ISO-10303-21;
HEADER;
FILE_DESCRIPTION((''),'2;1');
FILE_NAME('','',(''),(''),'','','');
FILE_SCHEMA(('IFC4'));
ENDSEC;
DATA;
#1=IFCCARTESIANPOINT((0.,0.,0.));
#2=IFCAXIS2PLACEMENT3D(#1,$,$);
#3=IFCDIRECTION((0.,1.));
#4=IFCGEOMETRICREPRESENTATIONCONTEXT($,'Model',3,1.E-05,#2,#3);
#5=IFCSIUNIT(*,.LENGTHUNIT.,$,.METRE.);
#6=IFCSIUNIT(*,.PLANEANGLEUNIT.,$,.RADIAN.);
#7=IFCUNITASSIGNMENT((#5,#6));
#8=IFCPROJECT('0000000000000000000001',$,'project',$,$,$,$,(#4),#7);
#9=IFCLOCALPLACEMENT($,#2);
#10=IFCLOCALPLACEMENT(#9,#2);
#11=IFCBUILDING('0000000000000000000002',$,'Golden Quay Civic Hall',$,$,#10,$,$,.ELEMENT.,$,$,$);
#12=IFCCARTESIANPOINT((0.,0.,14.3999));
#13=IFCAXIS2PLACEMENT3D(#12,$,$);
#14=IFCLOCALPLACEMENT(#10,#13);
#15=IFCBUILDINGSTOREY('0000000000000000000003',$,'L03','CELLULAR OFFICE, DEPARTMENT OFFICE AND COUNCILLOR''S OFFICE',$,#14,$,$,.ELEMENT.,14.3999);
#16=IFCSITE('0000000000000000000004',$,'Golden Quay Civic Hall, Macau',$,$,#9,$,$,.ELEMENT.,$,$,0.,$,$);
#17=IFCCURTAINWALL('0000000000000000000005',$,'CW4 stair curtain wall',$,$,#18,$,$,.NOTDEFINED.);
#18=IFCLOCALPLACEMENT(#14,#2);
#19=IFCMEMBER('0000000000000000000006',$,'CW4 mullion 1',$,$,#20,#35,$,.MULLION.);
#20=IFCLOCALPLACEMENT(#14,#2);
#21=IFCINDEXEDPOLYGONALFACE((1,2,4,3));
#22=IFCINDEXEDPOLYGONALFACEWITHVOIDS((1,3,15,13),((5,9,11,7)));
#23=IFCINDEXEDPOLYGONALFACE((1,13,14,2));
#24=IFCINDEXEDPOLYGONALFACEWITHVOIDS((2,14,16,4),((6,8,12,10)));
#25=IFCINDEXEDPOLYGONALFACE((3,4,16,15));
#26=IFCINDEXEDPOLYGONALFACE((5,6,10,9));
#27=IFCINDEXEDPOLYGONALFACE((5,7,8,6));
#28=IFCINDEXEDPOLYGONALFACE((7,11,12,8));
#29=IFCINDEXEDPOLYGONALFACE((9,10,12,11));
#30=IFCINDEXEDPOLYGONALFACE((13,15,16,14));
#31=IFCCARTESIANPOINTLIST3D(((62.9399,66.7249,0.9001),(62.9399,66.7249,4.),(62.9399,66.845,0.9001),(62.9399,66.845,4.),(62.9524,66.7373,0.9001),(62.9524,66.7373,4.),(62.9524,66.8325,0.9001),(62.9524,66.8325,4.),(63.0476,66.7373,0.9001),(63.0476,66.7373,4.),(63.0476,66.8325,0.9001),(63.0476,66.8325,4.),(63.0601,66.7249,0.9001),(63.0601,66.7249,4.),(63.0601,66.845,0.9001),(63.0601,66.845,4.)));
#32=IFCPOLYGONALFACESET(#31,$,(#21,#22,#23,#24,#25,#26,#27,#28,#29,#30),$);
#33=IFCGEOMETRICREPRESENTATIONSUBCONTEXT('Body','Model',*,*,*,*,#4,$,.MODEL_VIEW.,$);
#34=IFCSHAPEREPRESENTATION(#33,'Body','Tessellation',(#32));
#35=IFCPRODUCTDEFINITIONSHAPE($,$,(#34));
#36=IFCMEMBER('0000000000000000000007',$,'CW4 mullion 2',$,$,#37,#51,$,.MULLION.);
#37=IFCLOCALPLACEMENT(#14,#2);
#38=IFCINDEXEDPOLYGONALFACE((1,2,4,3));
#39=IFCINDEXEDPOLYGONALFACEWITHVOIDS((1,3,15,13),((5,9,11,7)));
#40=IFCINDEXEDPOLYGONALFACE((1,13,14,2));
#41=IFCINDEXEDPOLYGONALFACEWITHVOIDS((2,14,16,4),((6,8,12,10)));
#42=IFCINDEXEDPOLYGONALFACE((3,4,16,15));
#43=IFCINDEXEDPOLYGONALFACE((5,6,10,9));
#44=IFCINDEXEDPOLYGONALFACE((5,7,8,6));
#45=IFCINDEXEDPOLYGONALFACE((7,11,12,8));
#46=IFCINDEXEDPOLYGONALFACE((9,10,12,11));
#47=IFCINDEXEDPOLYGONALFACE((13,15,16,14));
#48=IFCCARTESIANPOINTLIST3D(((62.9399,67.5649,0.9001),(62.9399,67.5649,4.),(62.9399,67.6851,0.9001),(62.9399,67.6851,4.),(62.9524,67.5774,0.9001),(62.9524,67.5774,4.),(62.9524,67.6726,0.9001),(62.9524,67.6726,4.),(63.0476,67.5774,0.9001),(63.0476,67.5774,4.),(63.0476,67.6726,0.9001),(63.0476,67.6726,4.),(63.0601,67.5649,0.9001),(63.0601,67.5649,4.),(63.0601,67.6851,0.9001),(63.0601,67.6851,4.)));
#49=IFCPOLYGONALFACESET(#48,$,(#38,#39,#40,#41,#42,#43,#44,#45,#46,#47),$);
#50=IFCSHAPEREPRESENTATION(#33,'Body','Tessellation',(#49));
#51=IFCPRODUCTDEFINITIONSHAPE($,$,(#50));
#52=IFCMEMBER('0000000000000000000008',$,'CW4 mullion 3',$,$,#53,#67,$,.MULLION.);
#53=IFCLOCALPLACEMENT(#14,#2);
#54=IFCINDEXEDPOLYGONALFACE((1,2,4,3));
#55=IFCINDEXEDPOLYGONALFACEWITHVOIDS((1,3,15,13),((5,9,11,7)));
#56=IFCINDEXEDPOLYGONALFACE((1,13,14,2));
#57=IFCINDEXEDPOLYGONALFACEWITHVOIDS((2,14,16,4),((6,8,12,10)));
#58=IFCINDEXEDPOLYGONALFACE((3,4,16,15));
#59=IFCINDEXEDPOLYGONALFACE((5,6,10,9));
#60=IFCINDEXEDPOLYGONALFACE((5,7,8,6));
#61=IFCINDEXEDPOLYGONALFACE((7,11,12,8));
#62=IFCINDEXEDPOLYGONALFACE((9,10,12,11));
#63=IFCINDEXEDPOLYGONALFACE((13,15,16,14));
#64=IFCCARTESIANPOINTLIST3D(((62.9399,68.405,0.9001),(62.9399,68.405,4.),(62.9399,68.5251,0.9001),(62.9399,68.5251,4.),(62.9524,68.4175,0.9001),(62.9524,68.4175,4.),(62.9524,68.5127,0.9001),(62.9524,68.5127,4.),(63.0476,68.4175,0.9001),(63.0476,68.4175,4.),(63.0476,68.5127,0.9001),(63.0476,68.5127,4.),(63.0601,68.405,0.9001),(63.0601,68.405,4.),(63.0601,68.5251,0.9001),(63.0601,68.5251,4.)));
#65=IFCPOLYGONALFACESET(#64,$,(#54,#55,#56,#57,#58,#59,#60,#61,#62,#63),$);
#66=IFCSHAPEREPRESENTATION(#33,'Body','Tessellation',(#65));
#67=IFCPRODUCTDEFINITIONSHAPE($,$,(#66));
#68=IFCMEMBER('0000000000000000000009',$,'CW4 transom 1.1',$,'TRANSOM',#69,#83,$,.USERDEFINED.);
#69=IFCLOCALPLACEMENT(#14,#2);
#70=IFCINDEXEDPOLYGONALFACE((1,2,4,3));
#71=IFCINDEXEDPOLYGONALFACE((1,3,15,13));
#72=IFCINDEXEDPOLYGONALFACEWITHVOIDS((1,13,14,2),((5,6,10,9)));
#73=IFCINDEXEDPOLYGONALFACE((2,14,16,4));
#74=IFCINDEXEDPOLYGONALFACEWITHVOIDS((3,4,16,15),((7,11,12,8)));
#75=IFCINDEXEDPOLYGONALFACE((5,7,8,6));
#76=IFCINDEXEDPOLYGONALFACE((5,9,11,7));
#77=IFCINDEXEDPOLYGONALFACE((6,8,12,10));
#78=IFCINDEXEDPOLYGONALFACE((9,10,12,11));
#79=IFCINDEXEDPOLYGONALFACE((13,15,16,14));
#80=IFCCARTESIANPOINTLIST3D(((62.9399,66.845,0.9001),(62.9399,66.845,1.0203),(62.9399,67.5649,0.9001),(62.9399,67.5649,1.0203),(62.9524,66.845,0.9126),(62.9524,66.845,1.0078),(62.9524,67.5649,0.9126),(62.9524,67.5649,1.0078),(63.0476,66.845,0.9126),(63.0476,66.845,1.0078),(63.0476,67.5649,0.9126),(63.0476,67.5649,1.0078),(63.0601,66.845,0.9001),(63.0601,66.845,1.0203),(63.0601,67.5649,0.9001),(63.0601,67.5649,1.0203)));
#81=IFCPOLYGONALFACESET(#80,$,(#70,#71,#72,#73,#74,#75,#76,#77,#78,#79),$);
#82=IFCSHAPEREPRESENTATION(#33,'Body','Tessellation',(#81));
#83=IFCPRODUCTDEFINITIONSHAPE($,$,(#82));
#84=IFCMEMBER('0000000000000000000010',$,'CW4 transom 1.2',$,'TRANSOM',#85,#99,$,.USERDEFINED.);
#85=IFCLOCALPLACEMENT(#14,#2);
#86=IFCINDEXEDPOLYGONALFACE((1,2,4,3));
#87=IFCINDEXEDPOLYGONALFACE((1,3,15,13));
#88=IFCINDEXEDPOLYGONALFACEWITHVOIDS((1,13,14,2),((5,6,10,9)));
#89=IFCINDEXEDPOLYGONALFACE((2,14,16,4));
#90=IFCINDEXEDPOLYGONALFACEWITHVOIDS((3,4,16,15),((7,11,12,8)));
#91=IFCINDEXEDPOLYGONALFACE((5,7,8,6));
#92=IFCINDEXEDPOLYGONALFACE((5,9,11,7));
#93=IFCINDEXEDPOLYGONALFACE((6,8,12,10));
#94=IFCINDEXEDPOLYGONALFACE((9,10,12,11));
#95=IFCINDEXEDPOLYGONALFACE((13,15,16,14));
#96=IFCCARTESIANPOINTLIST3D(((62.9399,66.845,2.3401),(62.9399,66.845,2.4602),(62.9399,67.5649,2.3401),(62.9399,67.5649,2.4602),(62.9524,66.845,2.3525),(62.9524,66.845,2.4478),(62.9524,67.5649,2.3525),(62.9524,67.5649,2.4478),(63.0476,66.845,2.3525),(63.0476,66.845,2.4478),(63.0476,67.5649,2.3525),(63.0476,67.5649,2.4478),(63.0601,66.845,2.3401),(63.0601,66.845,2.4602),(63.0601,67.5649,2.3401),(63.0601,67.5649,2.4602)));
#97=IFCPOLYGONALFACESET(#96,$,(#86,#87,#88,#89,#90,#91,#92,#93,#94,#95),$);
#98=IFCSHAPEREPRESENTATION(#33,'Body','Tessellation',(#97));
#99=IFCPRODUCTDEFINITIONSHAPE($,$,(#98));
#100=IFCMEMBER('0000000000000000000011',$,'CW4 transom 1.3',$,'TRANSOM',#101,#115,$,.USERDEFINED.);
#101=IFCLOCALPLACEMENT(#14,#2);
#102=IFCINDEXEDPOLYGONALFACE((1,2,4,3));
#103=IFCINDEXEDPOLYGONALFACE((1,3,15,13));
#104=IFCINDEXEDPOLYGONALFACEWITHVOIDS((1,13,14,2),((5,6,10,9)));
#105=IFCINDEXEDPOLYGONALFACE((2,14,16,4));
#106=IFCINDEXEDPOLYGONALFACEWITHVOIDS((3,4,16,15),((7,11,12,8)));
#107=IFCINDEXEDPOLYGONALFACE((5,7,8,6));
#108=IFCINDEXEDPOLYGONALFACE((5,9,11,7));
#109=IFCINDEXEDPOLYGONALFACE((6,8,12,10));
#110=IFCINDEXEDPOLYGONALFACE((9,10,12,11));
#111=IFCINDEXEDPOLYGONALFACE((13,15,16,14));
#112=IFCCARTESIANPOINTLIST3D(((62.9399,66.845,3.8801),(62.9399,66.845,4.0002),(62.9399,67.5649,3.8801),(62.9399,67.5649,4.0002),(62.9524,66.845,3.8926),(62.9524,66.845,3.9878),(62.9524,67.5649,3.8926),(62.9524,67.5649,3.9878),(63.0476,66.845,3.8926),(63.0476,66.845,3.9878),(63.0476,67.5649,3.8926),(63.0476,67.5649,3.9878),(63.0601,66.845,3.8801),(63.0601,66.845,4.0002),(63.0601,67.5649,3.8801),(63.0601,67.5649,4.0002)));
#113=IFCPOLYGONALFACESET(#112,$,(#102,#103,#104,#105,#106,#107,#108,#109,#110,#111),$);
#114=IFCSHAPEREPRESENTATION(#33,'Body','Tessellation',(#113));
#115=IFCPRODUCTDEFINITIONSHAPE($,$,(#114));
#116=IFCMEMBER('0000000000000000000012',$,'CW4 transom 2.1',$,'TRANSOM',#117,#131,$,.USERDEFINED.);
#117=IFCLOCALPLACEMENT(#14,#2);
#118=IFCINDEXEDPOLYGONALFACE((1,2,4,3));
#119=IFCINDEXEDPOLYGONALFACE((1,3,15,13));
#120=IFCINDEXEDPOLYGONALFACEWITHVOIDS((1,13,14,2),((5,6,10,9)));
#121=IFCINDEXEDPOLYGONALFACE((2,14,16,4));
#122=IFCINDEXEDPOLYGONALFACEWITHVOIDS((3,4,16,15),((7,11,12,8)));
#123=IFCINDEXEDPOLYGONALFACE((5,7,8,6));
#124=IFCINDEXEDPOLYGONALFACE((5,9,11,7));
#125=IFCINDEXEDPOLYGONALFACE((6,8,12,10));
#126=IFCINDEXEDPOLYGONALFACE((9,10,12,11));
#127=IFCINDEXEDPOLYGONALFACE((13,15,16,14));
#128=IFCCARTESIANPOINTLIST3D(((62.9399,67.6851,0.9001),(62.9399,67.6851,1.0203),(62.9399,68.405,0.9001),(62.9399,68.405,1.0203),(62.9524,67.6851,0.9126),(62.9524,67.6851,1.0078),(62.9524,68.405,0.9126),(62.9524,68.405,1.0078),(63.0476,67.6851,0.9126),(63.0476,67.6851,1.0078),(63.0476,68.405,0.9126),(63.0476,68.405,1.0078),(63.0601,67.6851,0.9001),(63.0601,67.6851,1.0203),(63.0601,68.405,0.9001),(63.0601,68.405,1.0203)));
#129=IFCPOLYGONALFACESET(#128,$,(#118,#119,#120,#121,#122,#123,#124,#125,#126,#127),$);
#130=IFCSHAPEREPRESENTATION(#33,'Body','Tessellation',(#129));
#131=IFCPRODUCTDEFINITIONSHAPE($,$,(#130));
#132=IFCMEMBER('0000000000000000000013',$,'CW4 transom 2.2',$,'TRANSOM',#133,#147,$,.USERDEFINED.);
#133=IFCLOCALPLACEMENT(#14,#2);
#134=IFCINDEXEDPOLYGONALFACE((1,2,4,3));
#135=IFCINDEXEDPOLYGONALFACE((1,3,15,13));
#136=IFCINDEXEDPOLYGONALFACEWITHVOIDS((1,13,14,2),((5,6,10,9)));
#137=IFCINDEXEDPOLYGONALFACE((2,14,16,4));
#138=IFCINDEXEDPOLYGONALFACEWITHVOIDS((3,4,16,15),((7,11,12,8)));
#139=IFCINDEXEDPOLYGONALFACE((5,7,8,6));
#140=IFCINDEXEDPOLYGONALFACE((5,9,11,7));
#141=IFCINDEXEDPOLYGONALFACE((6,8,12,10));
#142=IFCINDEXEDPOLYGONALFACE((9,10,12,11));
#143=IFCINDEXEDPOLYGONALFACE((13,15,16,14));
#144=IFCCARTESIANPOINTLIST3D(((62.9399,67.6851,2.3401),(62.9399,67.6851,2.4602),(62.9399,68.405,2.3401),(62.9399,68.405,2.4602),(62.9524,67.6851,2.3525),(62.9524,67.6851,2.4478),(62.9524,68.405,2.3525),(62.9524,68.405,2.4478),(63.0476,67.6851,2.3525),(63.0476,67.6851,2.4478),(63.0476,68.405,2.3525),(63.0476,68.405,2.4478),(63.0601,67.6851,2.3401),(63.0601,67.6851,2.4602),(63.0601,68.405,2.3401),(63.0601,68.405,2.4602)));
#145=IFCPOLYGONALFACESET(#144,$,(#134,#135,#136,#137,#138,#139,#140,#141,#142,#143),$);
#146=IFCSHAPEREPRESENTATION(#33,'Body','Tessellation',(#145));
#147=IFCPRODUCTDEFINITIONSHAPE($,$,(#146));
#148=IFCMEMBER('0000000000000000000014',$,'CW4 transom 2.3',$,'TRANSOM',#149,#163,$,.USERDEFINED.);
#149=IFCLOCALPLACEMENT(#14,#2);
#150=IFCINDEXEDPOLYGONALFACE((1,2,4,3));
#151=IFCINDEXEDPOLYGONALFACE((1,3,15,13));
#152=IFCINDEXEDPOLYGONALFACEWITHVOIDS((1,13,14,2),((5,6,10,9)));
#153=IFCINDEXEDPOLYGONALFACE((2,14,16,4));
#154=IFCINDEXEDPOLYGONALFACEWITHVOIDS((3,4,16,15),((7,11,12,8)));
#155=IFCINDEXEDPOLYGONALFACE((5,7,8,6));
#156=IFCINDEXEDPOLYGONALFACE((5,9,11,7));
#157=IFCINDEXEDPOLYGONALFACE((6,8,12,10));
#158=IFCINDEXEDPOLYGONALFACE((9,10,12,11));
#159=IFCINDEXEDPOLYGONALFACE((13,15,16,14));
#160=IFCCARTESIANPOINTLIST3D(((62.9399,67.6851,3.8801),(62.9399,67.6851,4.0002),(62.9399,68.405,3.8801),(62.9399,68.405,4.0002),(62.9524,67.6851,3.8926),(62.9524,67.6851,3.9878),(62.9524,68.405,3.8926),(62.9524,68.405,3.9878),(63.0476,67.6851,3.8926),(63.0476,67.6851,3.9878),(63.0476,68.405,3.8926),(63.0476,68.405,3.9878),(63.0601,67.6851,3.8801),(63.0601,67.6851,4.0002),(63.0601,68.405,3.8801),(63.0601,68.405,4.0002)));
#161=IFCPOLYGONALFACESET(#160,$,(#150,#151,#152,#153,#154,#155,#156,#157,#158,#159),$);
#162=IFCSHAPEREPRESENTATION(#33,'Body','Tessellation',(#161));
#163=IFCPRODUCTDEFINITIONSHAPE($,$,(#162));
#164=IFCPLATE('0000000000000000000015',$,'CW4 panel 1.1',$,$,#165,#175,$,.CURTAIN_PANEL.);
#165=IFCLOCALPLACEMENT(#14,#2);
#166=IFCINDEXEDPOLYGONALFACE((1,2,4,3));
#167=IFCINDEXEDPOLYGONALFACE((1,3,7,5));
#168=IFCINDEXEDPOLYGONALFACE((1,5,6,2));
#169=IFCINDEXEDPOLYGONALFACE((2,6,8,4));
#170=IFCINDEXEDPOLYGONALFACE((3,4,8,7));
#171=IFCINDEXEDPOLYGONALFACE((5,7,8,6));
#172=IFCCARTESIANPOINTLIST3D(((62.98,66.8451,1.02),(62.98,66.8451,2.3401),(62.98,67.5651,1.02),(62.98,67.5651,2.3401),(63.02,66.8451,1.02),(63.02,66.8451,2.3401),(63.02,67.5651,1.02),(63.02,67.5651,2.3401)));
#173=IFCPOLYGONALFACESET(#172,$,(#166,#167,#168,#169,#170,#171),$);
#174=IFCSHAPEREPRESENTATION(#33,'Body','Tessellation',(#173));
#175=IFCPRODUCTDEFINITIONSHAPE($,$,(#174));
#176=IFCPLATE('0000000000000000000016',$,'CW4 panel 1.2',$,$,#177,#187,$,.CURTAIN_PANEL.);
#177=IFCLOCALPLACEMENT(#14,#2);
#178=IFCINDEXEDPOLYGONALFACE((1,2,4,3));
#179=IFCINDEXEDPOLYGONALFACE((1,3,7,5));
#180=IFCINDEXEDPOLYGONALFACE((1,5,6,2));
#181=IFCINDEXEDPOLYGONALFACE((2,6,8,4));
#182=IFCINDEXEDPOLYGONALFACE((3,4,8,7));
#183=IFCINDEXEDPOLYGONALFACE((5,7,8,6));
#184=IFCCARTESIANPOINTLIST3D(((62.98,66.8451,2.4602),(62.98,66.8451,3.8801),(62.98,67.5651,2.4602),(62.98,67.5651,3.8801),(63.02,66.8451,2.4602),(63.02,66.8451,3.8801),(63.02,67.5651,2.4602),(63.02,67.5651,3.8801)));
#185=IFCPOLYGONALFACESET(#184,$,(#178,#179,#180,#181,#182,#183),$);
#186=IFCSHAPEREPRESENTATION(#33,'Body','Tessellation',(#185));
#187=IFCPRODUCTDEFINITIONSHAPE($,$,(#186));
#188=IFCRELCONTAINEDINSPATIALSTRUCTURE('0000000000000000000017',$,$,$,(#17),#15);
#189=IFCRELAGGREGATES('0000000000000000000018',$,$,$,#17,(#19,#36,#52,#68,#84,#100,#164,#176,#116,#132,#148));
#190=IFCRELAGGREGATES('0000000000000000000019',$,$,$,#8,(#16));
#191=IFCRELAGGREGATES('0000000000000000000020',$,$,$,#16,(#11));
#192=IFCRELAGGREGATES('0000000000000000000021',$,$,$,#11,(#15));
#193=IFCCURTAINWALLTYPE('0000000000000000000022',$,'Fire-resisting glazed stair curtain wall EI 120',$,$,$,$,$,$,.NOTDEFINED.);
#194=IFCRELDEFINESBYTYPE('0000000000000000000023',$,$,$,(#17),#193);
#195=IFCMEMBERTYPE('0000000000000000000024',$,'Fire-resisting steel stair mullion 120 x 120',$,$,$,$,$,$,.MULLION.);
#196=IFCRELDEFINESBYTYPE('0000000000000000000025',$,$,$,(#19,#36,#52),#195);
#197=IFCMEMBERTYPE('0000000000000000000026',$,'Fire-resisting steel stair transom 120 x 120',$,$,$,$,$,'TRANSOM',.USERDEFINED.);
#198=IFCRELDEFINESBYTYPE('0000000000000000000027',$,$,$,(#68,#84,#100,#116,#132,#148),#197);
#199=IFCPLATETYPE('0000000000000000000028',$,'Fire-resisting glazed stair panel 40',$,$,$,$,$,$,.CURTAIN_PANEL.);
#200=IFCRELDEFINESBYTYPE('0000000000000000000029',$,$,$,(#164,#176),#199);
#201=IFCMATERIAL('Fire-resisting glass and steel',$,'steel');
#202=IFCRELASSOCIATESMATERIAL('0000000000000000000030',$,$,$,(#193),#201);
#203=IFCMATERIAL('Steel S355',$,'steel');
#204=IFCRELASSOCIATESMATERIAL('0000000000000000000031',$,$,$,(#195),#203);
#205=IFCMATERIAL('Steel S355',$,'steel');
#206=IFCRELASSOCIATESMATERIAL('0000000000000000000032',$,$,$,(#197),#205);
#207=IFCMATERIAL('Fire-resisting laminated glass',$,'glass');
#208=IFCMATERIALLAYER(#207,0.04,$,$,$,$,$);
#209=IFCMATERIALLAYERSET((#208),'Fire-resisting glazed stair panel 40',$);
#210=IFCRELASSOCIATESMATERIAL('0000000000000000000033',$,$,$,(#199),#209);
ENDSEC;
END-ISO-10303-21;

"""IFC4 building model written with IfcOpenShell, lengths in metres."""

from ifc_helpers import new_model, si_unit, direction, frame, origin, origin_2d, place, context, subcontext, project, spatial, rectangle, hollow_rectangle, extrude, material, layer, layer_set, material_profile, profile_set, type_object, element, aggregate, save


model = new_model("IFC4")

# Units and contexts
model_context = context("Model", 3, precision=1e-05, world=origin(), true_north=direction((0.0, 1.0)))
body_context = subcontext(model_context, "Body", "Model", "MODEL_VIEW")
ifc_project = project(units=[si_unit("LENGTHUNIT", "METRE"), si_unit("PLANEANGLEUNIT", "RADIAN")], contexts=[model_context])

# Site, building, storey
site_placement = place(None, origin())
site = spatial("IfcSite", under=ifc_project, at=site_placement, Name="Golden Quay Civic Hall, Macau", CompositionType="ELEMENT", RefElevation=0.0)
building_placement = place(site_placement, origin())
building = spatial("IfcBuilding", under=site, at=building_placement, Name="Golden Quay Civic Hall", CompositionType="ELEMENT")
storey_placement = place(building_placement, frame((0.0, 0.0, 14.3999)))
storey = spatial("IfcBuildingStorey", under=building, at=storey_placement, Name="L03", Description="CELLULAR OFFICE, DEPARTMENT OFFICE AND COUNCILLOR'S OFFICE", CompositionType="ELEMENT", Elevation=14.3999)

# Curtain wall, members, plates
ifc_material_1 = material(Name="Fire-resisting glass and steel", Category="steel")
curtain_wall_type = type_object("IfcCurtainWallType", Name="Fire-resisting glazed stair curtain wall EI 120", PredefinedType="NOTDEFINED", material=ifc_material_1)
curtain_wall_placement = place(storey_placement, origin())
curtain_wall = element("IfcCurtainWall", 1, at=curtain_wall_placement, inside=storey, type_object=curtain_wall_type, Name="CW4 stair curtain wall", PredefinedType="NOTDEFINED")
ifc_material_2 = material(Name="Steel S355", Category="steel")
ifc_material_profile_1 = material_profile(ifc_material_2, hollow_rectangle(XDim=0.1201, YDim=0.1201, WallThickness=0.0125, at=origin_2d()), Name="SHS 120x120x12.5")
ifc_profile_set_1 = profile_set([ifc_material_profile_1], Name="Steel S355")
member_type_1 = type_object("IfcMemberType", Name="Fire-resisting steel stair mullion 120 x 120", PredefinedType="MULLION", material=ifc_profile_set_1)
member_1_placement = place(storey_placement, frame((63.0, 66.7849, 0.9001), z_axis=(0.0, 0.0, 1.0), x_axis=(-1.0, 0.0, 0.0)))
member_1 = element("IfcMember", 2, at=member_1_placement, type_object=member_type_1, Name="CW4 mullion 1", PredefinedType="MULLION", context=body_context, shape_type="SweptSolid", body=[
    extrude(hollow_rectangle(XDim=0.1201, YDim=0.1201, WallThickness=0.0125, at=origin_2d()), origin(), (0.0, 0.0, 1.0), 3.0999),
])
member_2_placement = place(storey_placement, frame((63.0, 67.625, 0.9001), z_axis=(0.0, 0.0, 1.0), x_axis=(-1.0, 0.0, 0.0)))
member_2 = element("IfcMember", 3, at=member_2_placement, type_object=member_type_1, Name="CW4 mullion 2", PredefinedType="MULLION", context=body_context, shape_type="SweptSolid", body=[
    extrude(hollow_rectangle(XDim=0.1201, YDim=0.1201, WallThickness=0.0125, at=origin_2d()), origin(), (0.0, 0.0, 1.0), 3.0999),
])
member_3_placement = place(storey_placement, frame((63.0, 68.4651, 0.9001), z_axis=(0.0, 0.0, 1.0), x_axis=(-1.0, 0.0, 0.0)))
member_3 = element("IfcMember", 4, at=member_3_placement, type_object=member_type_1, Name="CW4 mullion 3", PredefinedType="MULLION", context=body_context, shape_type="SweptSolid", body=[
    extrude(hollow_rectangle(XDim=0.1201, YDim=0.1201, WallThickness=0.0125, at=origin_2d()), origin(), (0.0, 0.0, 1.0), 3.0999),
])
ifc_material_3 = material(Name="Steel S355", Category="steel")
ifc_material_profile_2 = material_profile(ifc_material_3, hollow_rectangle(XDim=0.1201, YDim=0.1201, WallThickness=0.0125, at=origin_2d()), Name="SHS 120x120x12.5")
ifc_profile_set_2 = profile_set([ifc_material_profile_2], Name="Steel S355")
member_type_2 = type_object("IfcMemberType", Name="Fire-resisting steel stair transom 120 x 120", ElementType="TRANSOM", PredefinedType="USERDEFINED", material=ifc_profile_set_2)
member_4_placement = place(storey_placement, frame((63.0, 66.845, 0.9602), z_axis=(0.0, 1.0, 0.0), x_axis=(-1.0, 0.0, 0.0)))
member_4 = element("IfcMember", 5, at=member_4_placement, type_object=member_type_2, Name="CW4 transom 1.1", ObjectType="TRANSOM", PredefinedType="USERDEFINED", context=body_context, shape_type="SweptSolid", body=[
    extrude(hollow_rectangle(XDim=0.1201, YDim=0.1201, WallThickness=0.0125, at=origin_2d()), origin(), (0.0, 0.0, 1.0), 0.72),
])
member_5_placement = place(storey_placement, frame((63.0, 66.845, 2.4001), z_axis=(0.0, 1.0, 0.0), x_axis=(-1.0, 0.0, 0.0)))
member_5 = element("IfcMember", 6, at=member_5_placement, type_object=member_type_2, Name="CW4 transom 1.2", ObjectType="TRANSOM", PredefinedType="USERDEFINED", context=body_context, shape_type="SweptSolid", body=[
    extrude(hollow_rectangle(XDim=0.1201, YDim=0.1201, WallThickness=0.0125, at=origin_2d()), origin(), (0.0, 0.0, 1.0), 0.72),
])
member_6_placement = place(storey_placement, frame((63.0, 66.845, 3.9402), z_axis=(0.0, 1.0, 0.0), x_axis=(-1.0, 0.0, 0.0)))
member_6 = element("IfcMember", 7, at=member_6_placement, type_object=member_type_2, Name="CW4 transom 1.3", ObjectType="TRANSOM", PredefinedType="USERDEFINED", context=body_context, shape_type="SweptSolid", body=[
    extrude(hollow_rectangle(XDim=0.1201, YDim=0.1201, WallThickness=0.0125, at=origin_2d()), origin(), (0.0, 0.0, 1.0), 0.72),
])
member_7_placement = place(storey_placement, frame((63.0, 67.6851, 0.9602), z_axis=(0.0, 1.0, 0.0), x_axis=(-1.0, 0.0, 0.0)))
member_7 = element("IfcMember", 8, at=member_7_placement, type_object=member_type_2, Name="CW4 transom 2.1", ObjectType="TRANSOM", PredefinedType="USERDEFINED", context=body_context, shape_type="SweptSolid", body=[
    extrude(hollow_rectangle(XDim=0.1201, YDim=0.1201, WallThickness=0.0125, at=origin_2d()), origin(), (0.0, 0.0, 1.0), 0.72),
])
member_8_placement = place(storey_placement, frame((63.0, 67.6851, 2.4001), z_axis=(0.0, 1.0, 0.0), x_axis=(-1.0, 0.0, 0.0)))
member_8 = element("IfcMember", 9, at=member_8_placement, type_object=member_type_2, Name="CW4 transom 2.2", ObjectType="TRANSOM", PredefinedType="USERDEFINED", context=body_context, shape_type="SweptSolid", body=[
    extrude(hollow_rectangle(XDim=0.1201, YDim=0.1201, WallThickness=0.0125, at=origin_2d()), origin(), (0.0, 0.0, 1.0), 0.72),
])
member_9_placement = place(storey_placement, frame((63.0, 67.6851, 3.9402), z_axis=(0.0, 1.0, 0.0), x_axis=(-1.0, 0.0, 0.0)))
member_9 = element("IfcMember", 10, at=member_9_placement, type_object=member_type_2, Name="CW4 transom 2.3", ObjectType="TRANSOM", PredefinedType="USERDEFINED", context=body_context, shape_type="SweptSolid", body=[
    extrude(hollow_rectangle(XDim=0.1201, YDim=0.1201, WallThickness=0.0125, at=origin_2d()), origin(), (0.0, 0.0, 1.0), 0.72),
])
ifc_material_4 = material(Name="Fire-resisting laminated glass", Category="glass")
ifc_layer_1 = layer(ifc_material_4, 0.04)
ifc_layer_set_1 = layer_set([ifc_layer_1], Name="Fire-resisting glazed stair panel 40")
plate_type = type_object("IfcPlateType", Name="Fire-resisting glazed stair panel 40", PredefinedType="CURTAIN_PANEL", material=ifc_layer_set_1)
plate_1_placement = place(storey_placement, frame((63.0, 67.2051, 1.02), z_axis=(0.0, 0.0, 1.0), x_axis=(0.0, 1.0, 0.0)))
plate_1 = element("IfcPlate", 11, at=plate_1_placement, type_object=plate_type, Name="CW4 panel 1.1", PredefinedType="CURTAIN_PANEL", context=body_context, shape_type="SweptSolid", body=[
    extrude(rectangle(XDim=0.72, YDim=0.04, at=origin_2d()), origin(), (0.0, 0.0, 1.0), 1.3201),
])
plate_2_placement = place(storey_placement, frame((63.0, 67.2051, 2.4602), z_axis=(0.0, 0.0, 1.0), x_axis=(0.0, 1.0, 0.0)))
plate_2 = element("IfcPlate", 12, at=plate_2_placement, type_object=plate_type, Name="CW4 panel 1.2", PredefinedType="CURTAIN_PANEL", context=body_context, shape_type="SweptSolid", body=[
    extrude(rectangle(XDim=0.72, YDim=0.04, at=origin_2d()), origin(), (0.0, 0.0, 1.0), 1.4199),
])
aggregate(curtain_wall, [member_1, member_2, member_3, member_4, member_5, member_6, plate_1, plate_2, member_7, member_8, member_9])

save(model, "model.ifc")
